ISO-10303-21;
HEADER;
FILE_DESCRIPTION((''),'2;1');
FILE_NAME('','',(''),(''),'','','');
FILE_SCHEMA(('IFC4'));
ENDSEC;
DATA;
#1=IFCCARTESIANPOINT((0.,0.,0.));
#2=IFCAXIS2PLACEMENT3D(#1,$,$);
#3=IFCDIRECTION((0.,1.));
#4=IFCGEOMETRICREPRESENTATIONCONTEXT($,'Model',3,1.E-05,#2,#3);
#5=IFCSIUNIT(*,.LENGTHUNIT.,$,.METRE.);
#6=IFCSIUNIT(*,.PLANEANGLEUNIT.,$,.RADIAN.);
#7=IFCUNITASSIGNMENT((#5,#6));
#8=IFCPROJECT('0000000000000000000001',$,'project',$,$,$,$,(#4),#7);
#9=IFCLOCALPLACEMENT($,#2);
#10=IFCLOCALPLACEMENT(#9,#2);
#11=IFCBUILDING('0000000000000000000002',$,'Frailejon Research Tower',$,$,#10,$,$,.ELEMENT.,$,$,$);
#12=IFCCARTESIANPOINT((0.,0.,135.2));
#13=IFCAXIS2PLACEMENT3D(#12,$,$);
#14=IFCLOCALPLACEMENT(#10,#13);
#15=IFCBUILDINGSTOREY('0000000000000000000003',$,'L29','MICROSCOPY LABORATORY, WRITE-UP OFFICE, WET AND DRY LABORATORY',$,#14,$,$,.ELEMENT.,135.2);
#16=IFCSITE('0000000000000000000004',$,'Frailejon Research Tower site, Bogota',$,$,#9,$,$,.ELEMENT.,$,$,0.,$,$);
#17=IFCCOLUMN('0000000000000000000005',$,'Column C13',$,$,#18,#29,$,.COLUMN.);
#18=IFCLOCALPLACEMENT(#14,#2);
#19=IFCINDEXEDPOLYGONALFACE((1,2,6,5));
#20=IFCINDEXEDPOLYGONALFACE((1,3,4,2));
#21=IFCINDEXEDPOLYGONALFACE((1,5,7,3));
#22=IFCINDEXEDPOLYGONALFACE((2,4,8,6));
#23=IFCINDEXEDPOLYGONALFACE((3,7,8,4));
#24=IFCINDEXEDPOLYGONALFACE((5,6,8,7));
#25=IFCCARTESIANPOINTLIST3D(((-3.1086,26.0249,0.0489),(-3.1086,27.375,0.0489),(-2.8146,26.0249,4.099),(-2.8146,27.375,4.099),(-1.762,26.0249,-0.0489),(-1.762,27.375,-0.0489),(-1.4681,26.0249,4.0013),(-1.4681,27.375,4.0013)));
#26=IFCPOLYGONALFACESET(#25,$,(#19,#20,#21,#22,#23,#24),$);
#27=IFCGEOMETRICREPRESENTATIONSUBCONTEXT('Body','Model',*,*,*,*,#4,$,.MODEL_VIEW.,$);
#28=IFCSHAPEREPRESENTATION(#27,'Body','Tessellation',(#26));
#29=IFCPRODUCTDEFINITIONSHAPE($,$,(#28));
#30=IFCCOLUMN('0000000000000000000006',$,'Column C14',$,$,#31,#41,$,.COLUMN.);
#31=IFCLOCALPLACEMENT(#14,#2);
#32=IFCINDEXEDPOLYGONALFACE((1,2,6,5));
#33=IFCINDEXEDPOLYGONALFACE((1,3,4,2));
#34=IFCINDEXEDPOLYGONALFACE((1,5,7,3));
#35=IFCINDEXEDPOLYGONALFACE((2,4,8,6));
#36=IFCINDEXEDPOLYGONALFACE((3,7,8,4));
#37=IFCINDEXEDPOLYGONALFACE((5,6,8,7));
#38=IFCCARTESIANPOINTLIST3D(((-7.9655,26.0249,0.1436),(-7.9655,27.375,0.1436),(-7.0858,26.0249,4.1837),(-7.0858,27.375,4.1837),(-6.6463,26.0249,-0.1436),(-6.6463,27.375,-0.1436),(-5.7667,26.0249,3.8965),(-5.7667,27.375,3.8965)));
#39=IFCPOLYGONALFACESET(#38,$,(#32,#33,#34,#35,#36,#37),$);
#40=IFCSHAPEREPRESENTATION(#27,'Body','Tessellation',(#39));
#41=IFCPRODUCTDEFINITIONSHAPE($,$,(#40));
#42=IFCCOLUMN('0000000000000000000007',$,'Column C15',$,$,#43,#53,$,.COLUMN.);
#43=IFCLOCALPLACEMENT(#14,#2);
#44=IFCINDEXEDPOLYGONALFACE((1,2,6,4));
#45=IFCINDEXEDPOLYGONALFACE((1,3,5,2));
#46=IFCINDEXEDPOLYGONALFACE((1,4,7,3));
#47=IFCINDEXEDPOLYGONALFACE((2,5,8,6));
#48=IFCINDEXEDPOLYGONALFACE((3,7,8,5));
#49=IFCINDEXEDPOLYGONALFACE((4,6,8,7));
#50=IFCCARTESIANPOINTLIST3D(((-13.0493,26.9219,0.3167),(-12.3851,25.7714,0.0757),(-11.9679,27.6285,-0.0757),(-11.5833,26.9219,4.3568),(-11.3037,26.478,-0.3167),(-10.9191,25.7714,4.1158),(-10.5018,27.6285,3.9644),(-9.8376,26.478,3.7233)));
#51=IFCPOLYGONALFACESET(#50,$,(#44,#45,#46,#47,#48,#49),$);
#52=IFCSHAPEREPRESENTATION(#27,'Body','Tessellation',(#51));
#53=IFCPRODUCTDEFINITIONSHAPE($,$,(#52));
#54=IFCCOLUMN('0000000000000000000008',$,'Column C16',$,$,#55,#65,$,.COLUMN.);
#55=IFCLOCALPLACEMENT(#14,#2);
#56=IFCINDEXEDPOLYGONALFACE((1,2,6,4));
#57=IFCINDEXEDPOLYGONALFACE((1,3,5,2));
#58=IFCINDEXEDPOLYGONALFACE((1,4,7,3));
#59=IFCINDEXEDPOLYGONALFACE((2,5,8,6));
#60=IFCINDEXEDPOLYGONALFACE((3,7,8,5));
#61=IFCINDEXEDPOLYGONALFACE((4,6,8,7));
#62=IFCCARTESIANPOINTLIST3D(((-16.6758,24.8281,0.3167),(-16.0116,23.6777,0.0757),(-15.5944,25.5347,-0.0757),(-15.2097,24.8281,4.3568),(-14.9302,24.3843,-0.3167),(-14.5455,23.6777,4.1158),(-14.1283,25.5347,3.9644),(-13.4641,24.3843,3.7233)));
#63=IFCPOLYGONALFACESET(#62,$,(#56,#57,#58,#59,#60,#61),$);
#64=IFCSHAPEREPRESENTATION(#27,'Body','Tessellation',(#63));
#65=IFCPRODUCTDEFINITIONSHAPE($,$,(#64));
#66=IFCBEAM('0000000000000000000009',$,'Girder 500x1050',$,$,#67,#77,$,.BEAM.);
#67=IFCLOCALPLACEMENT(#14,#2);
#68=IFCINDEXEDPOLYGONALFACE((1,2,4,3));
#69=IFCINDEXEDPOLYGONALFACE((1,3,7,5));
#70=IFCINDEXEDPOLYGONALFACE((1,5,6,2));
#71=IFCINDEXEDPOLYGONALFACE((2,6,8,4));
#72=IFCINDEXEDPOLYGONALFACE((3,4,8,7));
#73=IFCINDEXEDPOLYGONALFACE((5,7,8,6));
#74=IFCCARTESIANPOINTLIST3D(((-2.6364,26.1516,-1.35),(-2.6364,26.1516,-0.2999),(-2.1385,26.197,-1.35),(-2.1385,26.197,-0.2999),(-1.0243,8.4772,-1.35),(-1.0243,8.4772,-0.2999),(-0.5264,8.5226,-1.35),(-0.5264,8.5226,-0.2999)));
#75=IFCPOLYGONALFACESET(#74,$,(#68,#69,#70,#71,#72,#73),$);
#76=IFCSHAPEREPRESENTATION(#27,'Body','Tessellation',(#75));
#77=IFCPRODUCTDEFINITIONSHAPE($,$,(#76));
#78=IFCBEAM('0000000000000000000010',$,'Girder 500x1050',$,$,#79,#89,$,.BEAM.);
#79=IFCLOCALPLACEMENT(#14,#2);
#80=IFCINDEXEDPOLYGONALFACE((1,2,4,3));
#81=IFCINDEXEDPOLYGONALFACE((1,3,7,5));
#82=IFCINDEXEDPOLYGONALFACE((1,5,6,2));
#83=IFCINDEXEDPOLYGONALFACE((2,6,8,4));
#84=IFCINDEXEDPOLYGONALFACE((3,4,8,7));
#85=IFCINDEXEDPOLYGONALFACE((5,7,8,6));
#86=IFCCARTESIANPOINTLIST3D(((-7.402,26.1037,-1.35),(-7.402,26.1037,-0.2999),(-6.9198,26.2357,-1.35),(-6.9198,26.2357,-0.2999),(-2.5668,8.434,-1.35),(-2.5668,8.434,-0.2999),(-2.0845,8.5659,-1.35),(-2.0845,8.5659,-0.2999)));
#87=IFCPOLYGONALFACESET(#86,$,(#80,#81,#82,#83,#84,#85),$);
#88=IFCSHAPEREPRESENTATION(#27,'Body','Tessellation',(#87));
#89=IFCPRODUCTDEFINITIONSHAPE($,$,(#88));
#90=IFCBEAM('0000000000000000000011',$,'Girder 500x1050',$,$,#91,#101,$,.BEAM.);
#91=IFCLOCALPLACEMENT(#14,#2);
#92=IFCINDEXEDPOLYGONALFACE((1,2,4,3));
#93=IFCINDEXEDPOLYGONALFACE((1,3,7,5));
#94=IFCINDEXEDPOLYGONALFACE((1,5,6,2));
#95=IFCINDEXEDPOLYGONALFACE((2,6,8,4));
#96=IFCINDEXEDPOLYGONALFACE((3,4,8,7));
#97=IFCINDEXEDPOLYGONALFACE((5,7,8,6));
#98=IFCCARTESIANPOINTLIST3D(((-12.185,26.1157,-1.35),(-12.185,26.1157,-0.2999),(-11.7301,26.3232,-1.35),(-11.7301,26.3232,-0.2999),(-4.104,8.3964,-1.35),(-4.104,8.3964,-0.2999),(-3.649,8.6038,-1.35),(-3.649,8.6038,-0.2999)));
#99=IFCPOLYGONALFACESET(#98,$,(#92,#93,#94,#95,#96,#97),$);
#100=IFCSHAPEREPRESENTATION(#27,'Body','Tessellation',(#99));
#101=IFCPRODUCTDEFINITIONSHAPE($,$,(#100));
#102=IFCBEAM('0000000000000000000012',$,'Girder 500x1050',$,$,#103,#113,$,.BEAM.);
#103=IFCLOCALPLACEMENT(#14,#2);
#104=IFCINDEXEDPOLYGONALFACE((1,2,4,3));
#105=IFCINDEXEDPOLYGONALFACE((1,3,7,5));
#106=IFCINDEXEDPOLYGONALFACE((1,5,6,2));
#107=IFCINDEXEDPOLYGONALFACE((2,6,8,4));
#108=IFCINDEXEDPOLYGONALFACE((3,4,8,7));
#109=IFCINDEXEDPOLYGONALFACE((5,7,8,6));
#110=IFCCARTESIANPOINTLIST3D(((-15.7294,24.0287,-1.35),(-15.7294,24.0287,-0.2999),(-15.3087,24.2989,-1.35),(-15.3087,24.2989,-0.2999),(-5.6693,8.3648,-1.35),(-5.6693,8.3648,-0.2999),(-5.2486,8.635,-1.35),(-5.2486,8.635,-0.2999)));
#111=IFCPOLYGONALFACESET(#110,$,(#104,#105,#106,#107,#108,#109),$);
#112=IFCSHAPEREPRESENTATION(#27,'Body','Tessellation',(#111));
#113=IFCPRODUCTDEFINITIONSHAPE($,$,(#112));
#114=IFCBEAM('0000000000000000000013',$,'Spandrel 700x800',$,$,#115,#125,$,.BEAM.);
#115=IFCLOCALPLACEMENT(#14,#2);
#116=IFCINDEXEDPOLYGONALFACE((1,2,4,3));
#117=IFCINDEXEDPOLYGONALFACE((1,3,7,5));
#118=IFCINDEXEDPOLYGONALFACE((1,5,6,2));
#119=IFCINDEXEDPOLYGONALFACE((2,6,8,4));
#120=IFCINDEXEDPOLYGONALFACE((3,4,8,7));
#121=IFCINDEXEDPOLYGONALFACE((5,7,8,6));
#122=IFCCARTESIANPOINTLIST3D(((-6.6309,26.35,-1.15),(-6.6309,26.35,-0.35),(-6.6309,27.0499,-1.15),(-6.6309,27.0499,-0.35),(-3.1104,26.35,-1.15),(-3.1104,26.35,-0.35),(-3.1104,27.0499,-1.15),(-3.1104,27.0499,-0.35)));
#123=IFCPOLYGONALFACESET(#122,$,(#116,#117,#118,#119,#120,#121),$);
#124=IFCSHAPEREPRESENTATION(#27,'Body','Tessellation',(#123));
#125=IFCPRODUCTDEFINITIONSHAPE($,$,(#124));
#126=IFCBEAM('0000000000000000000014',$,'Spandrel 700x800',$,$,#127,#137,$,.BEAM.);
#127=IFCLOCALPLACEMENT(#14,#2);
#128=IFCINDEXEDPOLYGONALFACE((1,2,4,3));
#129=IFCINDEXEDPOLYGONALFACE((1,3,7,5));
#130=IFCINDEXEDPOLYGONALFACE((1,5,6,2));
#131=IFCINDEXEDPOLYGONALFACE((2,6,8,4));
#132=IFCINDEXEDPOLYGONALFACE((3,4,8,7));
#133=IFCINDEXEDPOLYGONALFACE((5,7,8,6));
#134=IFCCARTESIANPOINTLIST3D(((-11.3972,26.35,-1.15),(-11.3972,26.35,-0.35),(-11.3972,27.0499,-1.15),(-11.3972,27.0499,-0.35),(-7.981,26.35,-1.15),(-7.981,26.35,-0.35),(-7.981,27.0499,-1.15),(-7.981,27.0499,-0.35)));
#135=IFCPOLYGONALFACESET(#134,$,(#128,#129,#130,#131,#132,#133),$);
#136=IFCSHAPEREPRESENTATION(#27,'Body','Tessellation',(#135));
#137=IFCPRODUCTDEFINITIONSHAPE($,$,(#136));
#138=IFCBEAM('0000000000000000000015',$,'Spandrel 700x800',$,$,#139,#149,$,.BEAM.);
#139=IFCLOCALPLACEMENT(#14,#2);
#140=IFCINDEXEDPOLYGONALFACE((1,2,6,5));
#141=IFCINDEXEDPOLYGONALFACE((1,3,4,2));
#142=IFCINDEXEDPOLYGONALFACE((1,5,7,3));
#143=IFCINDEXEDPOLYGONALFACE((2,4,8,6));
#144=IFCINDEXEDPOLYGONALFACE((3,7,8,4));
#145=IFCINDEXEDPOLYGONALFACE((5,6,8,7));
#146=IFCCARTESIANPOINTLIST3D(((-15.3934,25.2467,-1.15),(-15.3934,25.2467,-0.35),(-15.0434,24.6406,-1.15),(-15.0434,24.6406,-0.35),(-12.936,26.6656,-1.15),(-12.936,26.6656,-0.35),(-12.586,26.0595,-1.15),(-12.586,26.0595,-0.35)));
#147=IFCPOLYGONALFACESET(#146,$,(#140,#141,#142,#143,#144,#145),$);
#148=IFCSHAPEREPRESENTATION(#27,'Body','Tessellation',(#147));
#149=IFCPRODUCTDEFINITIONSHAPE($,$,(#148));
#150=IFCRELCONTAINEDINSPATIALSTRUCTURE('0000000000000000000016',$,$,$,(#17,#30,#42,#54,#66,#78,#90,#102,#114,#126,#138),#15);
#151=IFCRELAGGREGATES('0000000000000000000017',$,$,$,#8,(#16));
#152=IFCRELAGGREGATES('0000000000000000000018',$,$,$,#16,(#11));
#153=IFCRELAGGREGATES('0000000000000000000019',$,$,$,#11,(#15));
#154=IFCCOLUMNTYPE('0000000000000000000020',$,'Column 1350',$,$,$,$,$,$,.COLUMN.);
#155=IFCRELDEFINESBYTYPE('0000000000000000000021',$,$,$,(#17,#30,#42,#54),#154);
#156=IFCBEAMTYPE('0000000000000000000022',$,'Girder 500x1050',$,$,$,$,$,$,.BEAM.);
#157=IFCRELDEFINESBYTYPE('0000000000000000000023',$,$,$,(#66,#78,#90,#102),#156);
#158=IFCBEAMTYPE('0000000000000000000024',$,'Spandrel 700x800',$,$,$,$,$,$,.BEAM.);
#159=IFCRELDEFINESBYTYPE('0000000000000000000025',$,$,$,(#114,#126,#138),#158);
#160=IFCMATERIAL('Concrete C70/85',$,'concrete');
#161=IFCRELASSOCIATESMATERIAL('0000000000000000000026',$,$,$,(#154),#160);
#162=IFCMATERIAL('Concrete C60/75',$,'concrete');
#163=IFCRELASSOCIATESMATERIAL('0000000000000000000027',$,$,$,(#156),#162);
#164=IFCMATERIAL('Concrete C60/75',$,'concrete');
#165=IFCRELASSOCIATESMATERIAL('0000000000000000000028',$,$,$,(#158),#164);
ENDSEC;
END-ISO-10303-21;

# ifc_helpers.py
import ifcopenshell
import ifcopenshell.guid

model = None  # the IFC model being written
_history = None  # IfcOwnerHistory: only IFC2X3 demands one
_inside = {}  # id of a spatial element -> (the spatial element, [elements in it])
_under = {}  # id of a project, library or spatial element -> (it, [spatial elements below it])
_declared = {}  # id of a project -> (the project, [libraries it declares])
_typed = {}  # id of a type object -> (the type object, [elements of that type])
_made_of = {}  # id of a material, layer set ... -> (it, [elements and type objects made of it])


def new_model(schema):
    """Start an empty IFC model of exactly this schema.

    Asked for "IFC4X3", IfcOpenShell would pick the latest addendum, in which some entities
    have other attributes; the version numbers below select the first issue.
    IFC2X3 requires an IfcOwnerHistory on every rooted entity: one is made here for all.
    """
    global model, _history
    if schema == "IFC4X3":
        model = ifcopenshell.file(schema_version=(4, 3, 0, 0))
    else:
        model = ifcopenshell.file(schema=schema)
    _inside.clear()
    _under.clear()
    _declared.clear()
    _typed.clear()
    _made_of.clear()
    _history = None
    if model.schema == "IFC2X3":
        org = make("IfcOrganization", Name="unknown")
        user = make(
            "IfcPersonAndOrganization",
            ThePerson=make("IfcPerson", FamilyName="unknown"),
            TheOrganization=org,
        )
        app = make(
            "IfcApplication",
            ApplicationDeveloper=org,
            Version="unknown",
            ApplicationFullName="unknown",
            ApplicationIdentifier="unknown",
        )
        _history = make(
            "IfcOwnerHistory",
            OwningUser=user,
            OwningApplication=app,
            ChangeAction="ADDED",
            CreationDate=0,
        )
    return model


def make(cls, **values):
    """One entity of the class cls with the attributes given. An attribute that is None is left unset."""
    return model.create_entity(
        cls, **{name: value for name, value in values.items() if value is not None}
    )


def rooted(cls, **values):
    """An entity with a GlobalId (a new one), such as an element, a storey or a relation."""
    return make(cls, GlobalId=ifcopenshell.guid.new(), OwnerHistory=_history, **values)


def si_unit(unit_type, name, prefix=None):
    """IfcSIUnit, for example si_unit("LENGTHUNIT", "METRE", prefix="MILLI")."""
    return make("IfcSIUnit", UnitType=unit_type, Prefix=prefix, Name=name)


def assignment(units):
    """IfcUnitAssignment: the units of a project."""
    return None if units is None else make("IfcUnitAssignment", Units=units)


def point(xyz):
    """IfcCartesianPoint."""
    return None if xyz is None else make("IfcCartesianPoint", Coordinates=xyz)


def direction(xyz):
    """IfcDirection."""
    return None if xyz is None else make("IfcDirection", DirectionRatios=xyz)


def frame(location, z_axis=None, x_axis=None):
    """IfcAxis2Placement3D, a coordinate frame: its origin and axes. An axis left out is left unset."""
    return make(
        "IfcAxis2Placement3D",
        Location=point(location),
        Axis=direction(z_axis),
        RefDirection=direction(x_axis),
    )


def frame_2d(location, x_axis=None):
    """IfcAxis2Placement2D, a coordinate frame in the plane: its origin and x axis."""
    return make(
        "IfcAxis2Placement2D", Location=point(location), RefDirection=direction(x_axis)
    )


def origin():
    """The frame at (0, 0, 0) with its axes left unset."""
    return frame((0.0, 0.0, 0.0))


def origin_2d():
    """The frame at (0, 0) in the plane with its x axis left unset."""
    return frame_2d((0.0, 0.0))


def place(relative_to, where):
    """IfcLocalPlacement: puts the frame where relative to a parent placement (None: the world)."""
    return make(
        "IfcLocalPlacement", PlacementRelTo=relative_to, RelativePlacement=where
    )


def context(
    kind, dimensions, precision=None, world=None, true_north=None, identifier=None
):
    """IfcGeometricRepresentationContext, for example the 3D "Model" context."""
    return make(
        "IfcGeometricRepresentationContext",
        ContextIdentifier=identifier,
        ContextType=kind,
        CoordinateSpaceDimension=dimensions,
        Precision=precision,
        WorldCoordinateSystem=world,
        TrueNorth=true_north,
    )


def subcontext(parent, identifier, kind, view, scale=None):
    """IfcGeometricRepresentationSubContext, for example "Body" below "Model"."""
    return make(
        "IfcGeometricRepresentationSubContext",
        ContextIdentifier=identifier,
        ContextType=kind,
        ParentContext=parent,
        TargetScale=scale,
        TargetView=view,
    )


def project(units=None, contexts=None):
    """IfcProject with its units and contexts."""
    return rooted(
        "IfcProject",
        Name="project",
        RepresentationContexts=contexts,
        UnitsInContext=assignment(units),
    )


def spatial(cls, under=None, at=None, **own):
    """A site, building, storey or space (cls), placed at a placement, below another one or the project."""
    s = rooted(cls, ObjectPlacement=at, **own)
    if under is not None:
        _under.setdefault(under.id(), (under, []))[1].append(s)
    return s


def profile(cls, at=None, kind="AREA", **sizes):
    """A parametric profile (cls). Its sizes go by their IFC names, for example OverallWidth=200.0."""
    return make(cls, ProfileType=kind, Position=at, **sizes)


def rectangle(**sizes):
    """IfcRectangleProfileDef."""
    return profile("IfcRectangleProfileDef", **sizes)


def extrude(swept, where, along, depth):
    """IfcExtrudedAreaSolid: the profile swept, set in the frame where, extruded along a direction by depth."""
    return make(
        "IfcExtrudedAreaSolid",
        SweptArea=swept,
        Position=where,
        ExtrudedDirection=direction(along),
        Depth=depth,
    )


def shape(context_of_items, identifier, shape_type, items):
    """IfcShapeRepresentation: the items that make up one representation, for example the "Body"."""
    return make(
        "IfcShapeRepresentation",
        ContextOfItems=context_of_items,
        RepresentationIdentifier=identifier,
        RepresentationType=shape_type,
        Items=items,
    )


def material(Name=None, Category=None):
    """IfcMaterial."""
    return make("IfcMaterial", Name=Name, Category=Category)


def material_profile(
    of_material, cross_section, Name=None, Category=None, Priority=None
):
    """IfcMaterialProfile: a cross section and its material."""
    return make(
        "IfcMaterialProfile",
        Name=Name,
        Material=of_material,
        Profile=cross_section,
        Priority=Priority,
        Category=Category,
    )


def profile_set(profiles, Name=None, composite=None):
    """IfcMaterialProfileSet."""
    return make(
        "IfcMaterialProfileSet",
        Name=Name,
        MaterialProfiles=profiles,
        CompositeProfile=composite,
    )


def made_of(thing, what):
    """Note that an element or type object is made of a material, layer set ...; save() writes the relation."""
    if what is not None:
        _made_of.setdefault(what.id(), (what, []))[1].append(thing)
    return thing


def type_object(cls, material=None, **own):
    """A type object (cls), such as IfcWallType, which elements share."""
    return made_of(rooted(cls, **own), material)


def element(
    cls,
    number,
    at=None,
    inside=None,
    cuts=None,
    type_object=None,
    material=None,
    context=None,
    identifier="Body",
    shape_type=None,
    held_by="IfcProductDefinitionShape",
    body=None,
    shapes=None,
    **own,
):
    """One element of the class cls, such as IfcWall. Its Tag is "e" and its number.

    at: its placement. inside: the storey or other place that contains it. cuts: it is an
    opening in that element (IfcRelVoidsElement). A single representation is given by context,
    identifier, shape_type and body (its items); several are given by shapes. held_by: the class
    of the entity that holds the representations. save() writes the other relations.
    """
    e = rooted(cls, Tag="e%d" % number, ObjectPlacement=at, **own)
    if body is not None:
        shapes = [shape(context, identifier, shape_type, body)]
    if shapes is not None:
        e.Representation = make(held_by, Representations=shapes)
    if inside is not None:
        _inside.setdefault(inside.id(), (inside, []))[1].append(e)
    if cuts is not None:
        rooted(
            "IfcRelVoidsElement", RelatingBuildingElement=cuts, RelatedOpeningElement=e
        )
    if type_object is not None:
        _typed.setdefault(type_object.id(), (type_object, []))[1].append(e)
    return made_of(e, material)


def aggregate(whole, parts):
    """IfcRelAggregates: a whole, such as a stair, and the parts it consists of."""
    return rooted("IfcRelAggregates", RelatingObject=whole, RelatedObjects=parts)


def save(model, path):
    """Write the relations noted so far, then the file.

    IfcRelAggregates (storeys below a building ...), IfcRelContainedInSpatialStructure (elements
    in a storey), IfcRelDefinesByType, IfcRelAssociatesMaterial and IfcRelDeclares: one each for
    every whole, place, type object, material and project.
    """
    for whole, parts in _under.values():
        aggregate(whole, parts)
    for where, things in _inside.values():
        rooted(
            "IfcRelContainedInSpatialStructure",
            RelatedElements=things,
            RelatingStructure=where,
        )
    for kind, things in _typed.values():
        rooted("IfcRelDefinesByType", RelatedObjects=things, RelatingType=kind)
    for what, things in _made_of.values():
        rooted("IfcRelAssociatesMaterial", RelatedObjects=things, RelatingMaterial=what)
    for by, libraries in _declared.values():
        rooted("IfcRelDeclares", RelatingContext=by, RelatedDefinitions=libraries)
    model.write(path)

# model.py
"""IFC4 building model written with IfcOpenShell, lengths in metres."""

from ifc_helpers import new_model, si_unit, direction, frame, origin, origin_2d, place, context, subcontext, project, spatial, rectangle, extrude, material, material_profile, profile_set, type_object, element, save


model = new_model("IFC4")

# Units and contexts
model_context = context("Model", 3, precision=1e-05, world=origin(), true_north=direction((0.0, 1.0)))
body_context = subcontext(model_context, "Body", "Model", "MODEL_VIEW")
ifc_project = project(units=[si_unit("LENGTHUNIT", "METRE"), si_unit("PLANEANGLEUNIT", "RADIAN")], contexts=[model_context])

# Site, building, storey
site_placement = place(None, origin())
site = spatial("IfcSite", under=ifc_project, at=site_placement, Name="Frailejon Research Tower site, Bogota", CompositionType="ELEMENT", RefElevation=0.0)
building_placement = place(site_placement, origin())
building = spatial("IfcBuilding", under=site, at=building_placement, Name="Frailejon Research Tower", CompositionType="ELEMENT")
storey_placement = place(building_placement, frame((0.0, 0.0, 135.2)))
storey = spatial("IfcBuildingStorey", under=building, at=storey_placement, Name="L29", Description="MICROSCOPY LABORATORY, WRITE-UP OFFICE, WET AND DRY LABORATORY", CompositionType="ELEMENT", Elevation=135.2)

# Columns
ifc_material_1 = material(Name="Concrete C70/85", Category="concrete")
ifc_material_profile_1 = material_profile(ifc_material_1, rectangle(XDim=1.3501, YDim=1.3501, at=origin_2d()), Name="Column 1350")
ifc_profile_set_1 = profile_set([ifc_material_profile_1], Name="Concrete C70/85")
column_type = type_object("IfcColumnType", Name="Column 1350", PredefinedType="COLUMN", material=ifc_profile_set_1)
column_1_placement = place(storey_placement, frame((-2.4353, 26.7, 0.0), z_axis=(0.072388, 0.0, 0.997377), x_axis=(-0.997377, 0.0, 0.072388)))
element("IfcColumn", 1, at=column_1_placement, inside=storey, type_object=column_type, Name="Column C13", PredefinedType="COLUMN", context=body_context, shape_type="SweptSolid", body=[
    extrude(rectangle(XDim=1.3501, YDim=1.3501, at=origin_2d()), origin(), (0.0, 0.0, 1.0), 4.0608),
])
column_2_placement = place(storey_placement, frame((-7.3059, 26.7, 0.0), z_axis=(0.212746, 0.0, 0.977108), x_axis=(-0.977108, 0.0, 0.212746)))
element("IfcColumn", 2, at=column_2_placement, inside=storey, type_object=column_type, Name="Column C14", PredefinedType="COLUMN", context=body_context, shape_type="SweptSolid", body=[
    extrude(rectangle(XDim=1.3501, YDim=1.3501, at=origin_2d()), origin(), (0.0, 0.0, 1.0), 4.1348),
])
for number, where, z_axis, x_axis, name in (
    (3, (-12.1765, 26.7, 0.0), (0.341118, 0.0, 0.94002), (-0.801005, -0.523355, 0.290672), "Column C15"),
    (4, (-15.803, 24.6062, 0.0), (0.341118, 0.0, 0.94002), (-0.801003, -0.523358, 0.290671), "Column C16"),
):
    element("IfcColumn", number, at=place(storey_placement, frame(where, z_axis=z_axis, x_axis=x_axis)), inside=storey, type_object=column_type, Name=name, PredefinedType="COLUMN", context=body_context, shape_type="SweptSolid", body=[
        extrude(rectangle(XDim=1.3501, YDim=1.3501, at=origin_2d()), origin(), (0.0, 0.0, 1.0), 4.2979),
    ])

# Beams
ifc_material_2 = material(Name="Concrete C60/75", Category="concrete")
ifc_material_profile_2 = material_profile(ifc_material_2, rectangle(XDim=0.5, YDim=1.05, at=origin_2d()), Name="Girder 500x1050")
ifc_profile_set_2 = profile_set([ifc_material_profile_2], Name="Concrete C60/75")
beam_type_1 = type_object("IfcBeamType", Name="Girder 500x1050", PredefinedType="BEAM", material=ifc_profile_set_2)
beam_1_placement = place(storey_placement, frame((-2.3875, 26.1743, -0.825), z_axis=(0.090832, -0.995866, 0.0), x_axis=(0.995866, 0.090832, 0.0)))
element("IfcBeam", 5, at=beam_1_placement, inside=storey, type_object=beam_type_1, Name="Girder 500x1050", PredefinedType="BEAM", context=body_context, shape_type="SweptSolid", body=[
    extrude(rectangle(XDim=0.5, YDim=1.05, at=origin_2d()), origin(), (0.0, 0.0, 1.0), 17.7478),
])
beam_2_placement = place(storey_placement, frame((-7.1609, 26.1697, -0.825), z_axis=(0.263941, -0.964539, 0.0), x_axis=(0.964539, 0.263941, 0.0)))
element("IfcBeam", 6, at=beam_2_placement, inside=storey, type_object=beam_type_1, Name="Girder 500x1050", PredefinedType="BEAM", context=body_context, shape_type="SweptSolid", body=[
    extrude(rectangle(XDim=0.5, YDim=1.05, at=origin_2d()), origin(), (0.0, 0.0, 1.0), 18.3193),
])
beam_3_placement = place(storey_placement, frame((-11.9575, 26.2195, -0.825), z_axis=(0.414941, -0.909848, 0.0), x_axis=(0.909848, 0.414941, 0.0)))
element("IfcBeam", 7, at=beam_3_placement, inside=storey, type_object=beam_type_1, Name="Girder 500x1050", PredefinedType="BEAM", context=body_context, shape_type="SweptSolid", body=[
    extrude(rectangle(XDim=0.5, YDim=1.05, at=origin_2d()), origin(), (0.0, 0.0, 1.0), 19.4751),
])
beam_4_placement = place(storey_placement, frame((-15.519, 24.1638, -0.825), z_axis=(0.540395, -0.841411, 0.0), x_axis=(0.841411, 0.540395, 0.0)))
element("IfcBeam", 8, at=beam_4_placement, inside=storey, type_object=beam_type_1, Name="Girder 500x1050", PredefinedType="BEAM", context=body_context, shape_type="SweptSolid", body=[
    extrude(rectangle(XDim=0.5, YDim=1.05, at=origin_2d()), origin(), (0.0, 0.0, 1.0), 18.6162),
])
ifc_material_3 = material(Name="Concrete C60/75", Category="concrete")
ifc_material_profile_3 = material_profile(ifc_material_3, rectangle(XDim=0.7, YDim=0.8, at=origin_2d()), Name="Spandrel 700x800")
ifc_profile_set_3 = profile_set([ifc_material_profile_3], Name="Concrete C60/75")
beam_type_2 = type_object("IfcBeamType", Name="Spandrel 700x800", PredefinedType="BEAM", material=ifc_profile_set_3)
beam_5_placement = place(storey_placement, frame((-3.1104, 26.7, -0.75), z_axis=(-1.0, 0.0, 0.0), x_axis=(0.0, -1.0, 0.0)))
element("IfcBeam", 9, at=beam_5_placement, inside=storey, type_object=beam_type_2, Name="Spandrel 700x800", PredefinedType="BEAM", context=body_context, shape_type="SweptSolid", body=[
    extrude(rectangle(XDim=0.7, YDim=0.8, at=origin_2d()), origin(), (0.0, 0.0, 1.0), 3.5205),
])
beam_6_placement = place(storey_placement, frame((-7.981, 26.7, -0.75), z_axis=(-1.0, 0.0, 0.0), x_axis=(0.0, -1.0, 0.0)))
element("IfcBeam", 10, at=beam_6_placement, inside=storey, type_object=beam_type_2, Name="Spandrel 700x800", PredefinedType="BEAM", context=body_context, shape_type="SweptSolid", body=[
    extrude(rectangle(XDim=0.7, YDim=0.8, at=origin_2d()), origin(), (0.0, 0.0, 1.0), 3.4163),
])
beam_7_placement = place(storey_placement, frame((-12.761, 26.3625, -0.75), z_axis=(-0.866011, -0.500025, 0.0), x_axis=(0.500025, -0.866011, 0.0)))
element("IfcBeam", 11, at=beam_7_placement, inside=storey, type_object=beam_type_2, Name="Spandrel 700x800", PredefinedType="BEAM", context=body_context, shape_type="SweptSolid", body=[
    extrude(rectangle(XDim=0.7, YDim=0.8, at=origin_2d()), origin(), (0.0, 0.0, 1.0), 2.8376),
])

save(model, "model.ifc")
